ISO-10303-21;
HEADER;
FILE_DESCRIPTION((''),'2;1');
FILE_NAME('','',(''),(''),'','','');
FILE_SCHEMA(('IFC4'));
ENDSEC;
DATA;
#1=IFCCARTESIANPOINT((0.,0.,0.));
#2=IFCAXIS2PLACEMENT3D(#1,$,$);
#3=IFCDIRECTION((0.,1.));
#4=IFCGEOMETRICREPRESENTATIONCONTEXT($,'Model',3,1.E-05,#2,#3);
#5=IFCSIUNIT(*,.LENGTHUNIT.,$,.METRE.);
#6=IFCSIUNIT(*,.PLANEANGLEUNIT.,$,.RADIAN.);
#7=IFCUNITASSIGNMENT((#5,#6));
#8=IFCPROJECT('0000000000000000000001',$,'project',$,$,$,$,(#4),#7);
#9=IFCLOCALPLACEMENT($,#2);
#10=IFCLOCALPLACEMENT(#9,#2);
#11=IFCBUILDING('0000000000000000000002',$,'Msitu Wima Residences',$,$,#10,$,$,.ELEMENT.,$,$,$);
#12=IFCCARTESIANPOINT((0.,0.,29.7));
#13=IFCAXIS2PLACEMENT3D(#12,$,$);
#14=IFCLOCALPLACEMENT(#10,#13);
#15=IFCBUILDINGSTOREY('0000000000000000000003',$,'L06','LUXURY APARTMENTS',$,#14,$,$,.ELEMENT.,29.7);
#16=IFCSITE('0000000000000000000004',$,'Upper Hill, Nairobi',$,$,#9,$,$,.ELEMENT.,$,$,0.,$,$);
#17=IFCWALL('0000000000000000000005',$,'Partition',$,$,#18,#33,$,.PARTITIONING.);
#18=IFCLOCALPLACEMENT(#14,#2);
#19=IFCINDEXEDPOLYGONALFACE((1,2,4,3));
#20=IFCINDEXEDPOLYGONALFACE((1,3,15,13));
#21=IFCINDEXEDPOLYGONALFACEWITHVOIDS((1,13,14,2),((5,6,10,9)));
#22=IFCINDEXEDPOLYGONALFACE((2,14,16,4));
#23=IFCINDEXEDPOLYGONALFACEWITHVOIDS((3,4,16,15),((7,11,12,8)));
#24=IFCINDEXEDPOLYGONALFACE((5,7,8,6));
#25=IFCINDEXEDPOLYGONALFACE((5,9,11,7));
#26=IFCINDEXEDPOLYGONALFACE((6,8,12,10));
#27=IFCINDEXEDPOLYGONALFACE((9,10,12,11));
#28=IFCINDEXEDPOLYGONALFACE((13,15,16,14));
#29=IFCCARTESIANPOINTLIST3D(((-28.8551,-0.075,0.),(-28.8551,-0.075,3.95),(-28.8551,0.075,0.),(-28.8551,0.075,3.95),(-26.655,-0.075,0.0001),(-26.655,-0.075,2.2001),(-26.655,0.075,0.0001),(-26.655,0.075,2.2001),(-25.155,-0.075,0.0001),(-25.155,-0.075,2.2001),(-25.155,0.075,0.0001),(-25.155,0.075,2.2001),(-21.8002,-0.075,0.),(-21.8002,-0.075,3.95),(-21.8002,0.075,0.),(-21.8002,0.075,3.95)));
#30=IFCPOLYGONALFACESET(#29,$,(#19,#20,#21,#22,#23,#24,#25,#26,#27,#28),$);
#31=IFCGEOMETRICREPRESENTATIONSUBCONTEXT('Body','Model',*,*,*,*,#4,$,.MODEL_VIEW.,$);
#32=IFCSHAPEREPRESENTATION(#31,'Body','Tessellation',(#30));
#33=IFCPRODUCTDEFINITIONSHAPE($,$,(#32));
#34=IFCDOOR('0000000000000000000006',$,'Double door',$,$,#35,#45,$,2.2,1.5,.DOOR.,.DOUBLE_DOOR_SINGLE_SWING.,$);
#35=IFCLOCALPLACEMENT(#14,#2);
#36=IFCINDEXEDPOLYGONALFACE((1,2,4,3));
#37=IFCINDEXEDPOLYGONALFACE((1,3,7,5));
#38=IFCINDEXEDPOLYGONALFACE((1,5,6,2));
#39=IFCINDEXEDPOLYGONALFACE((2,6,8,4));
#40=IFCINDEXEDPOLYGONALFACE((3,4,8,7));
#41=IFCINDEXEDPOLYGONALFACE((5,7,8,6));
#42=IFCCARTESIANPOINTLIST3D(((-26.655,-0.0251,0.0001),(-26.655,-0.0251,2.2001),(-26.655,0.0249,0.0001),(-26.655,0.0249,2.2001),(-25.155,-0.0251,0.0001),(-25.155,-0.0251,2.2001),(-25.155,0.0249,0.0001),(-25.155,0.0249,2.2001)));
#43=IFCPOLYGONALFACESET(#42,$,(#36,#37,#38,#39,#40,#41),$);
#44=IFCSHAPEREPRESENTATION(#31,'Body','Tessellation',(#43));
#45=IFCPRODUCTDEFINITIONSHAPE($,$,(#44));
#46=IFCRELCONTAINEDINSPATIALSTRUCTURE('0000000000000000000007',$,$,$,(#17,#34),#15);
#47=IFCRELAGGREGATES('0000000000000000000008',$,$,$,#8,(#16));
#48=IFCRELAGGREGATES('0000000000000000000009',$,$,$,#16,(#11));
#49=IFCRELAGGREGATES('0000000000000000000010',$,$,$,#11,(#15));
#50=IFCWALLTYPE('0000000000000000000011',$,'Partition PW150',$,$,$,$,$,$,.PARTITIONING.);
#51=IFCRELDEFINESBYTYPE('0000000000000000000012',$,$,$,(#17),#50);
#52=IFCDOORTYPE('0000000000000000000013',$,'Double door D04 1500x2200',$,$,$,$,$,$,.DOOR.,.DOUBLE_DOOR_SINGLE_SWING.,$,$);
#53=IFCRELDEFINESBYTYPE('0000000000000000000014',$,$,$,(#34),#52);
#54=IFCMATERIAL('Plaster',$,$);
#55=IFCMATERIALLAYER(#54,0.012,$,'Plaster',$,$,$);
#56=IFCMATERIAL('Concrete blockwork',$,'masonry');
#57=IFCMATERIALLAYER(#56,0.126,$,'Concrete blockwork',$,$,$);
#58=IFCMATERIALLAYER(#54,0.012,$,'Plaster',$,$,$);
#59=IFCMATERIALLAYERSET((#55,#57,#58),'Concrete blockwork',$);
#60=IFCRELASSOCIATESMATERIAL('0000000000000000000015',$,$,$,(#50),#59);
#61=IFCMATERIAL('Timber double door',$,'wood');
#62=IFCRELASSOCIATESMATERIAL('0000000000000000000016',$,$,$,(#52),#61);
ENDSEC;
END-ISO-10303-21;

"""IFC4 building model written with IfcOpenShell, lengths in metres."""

from ifc_helpers import new_model, si_unit, direction, frame, frame_2d, origin, place, context, subcontext, project, spatial, rectangle, extrude, material, layer, layer_set, type_object, element, fill, save


model = new_model("IFC4")

# Units and contexts
model_context = context("Model", 3, precision=1e-05, world=origin(), true_north=direction((0.0, 1.0)))
body_context = subcontext(model_context, "Body", "Model", "MODEL_VIEW")
ifc_project = project(units=[si_unit("LENGTHUNIT", "METRE"), si_unit("PLANEANGLEUNIT", "RADIAN")], contexts=[model_context])

# Site, building, storey
site_placement = place(None, origin())
site = spatial("IfcSite", under=ifc_project, at=site_placement, Name="Upper Hill, Nairobi", CompositionType="ELEMENT", RefElevation=0.0)
building_placement = place(site_placement, origin())
building = spatial("IfcBuilding", under=site, at=building_placement, Name="Msitu Wima Residences", CompositionType="ELEMENT")
storey_placement = place(building_placement, frame((0.0, 0.0, 29.7)))
storey = spatial("IfcBuildingStorey", under=building, at=storey_placement, Name="L06", Description="LUXURY APARTMENTS", CompositionType="ELEMENT", Elevation=29.7)

# Shared definitions
ifc_material_1 = material(Name="Plaster")
ifc_layer_1 = layer(ifc_material_1, 0.012, Name="Plaster")
ifc_material_2 = material(Name="Concrete blockwork", Category="masonry")
ifc_layer_2 = layer(ifc_material_2, 0.126, Name="Concrete blockwork")
ifc_layer_3 = layer(ifc_material_1, 0.012, Name="Plaster")
ifc_layer_set_1 = layer_set([ifc_layer_1, ifc_layer_2, ifc_layer_3], Name="Concrete blockwork")
wall_type_1 = type_object("IfcWallType", Name="Partition PW150", PredefinedType="PARTITIONING", material=ifc_layer_set_1)

# Wall, opening, door
wall_1_placement = place(storey_placement, frame((-28.855, 0.0, 0.0), z_axis=(0.0, 0.0, 1.0), x_axis=(1.0, 0.0, 0.0)))
wall_1 = element("IfcWall", 1, at=wall_1_placement, inside=storey, type_object=wall_type_1, Name="Partition", PredefinedType="PARTITIONING", context=body_context, shape_type="SweptSolid", body=[
    extrude(rectangle(XDim=7.0549, YDim=0.1499, at=frame_2d((3.5273, 0.0))), origin(), (0.0, 0.0, 1.0), 3.95),
])
opening_1_placement = place(wall_1_placement, frame((2.2, 0.0, 0.0)))
opening_1 = element("IfcOpeningElement", 2, at=opening_1_placement, cuts=wall_1, PredefinedType="OPENING", context=body_context, shape_type="SweptSolid", body=[
    extrude(rectangle(XDim=1.5, YDim=2.2, at=frame_2d((0.75, 1.1001))), frame((0.0, 0.085, 0.0), z_axis=(0.0, -1.0, 0.0), x_axis=(1.0, 0.0, 0.0)), (0.0, 0.0, 1.0), 0.1699),
])
ifc_material_3 = material(Name="Timber double door", Category="wood")
door_type_1 = type_object("IfcDoorType", Name="Double door D04 1500x2200", OperationType="DOUBLE_DOOR_SINGLE_SWING", PredefinedType="DOOR", material=ifc_material_3)
door_1_placement = place(opening_1_placement, origin())
door_1 = element("IfcDoor", 3, at=door_1_placement, inside=storey, type_object=door_type_1, Name="Double door", OperationType="DOUBLE_DOOR_SINGLE_SWING", OverallHeight=2.2, OverallWidth=1.5, PredefinedType="DOOR", context=body_context, shape_type="SweptSolid", body=[
    extrude(rectangle(XDim=1.5, YDim=2.2, at=frame_2d((0.75, 1.1001))), frame((0.0, 0.0249, 0.0), z_axis=(0.0, -1.0, 0.0), x_axis=(1.0, 0.0, 0.0)), (0.0, 0.0, 1.0), 0.05),
])
fill(opening_1, door_1)

save(model, "model.ifc")
